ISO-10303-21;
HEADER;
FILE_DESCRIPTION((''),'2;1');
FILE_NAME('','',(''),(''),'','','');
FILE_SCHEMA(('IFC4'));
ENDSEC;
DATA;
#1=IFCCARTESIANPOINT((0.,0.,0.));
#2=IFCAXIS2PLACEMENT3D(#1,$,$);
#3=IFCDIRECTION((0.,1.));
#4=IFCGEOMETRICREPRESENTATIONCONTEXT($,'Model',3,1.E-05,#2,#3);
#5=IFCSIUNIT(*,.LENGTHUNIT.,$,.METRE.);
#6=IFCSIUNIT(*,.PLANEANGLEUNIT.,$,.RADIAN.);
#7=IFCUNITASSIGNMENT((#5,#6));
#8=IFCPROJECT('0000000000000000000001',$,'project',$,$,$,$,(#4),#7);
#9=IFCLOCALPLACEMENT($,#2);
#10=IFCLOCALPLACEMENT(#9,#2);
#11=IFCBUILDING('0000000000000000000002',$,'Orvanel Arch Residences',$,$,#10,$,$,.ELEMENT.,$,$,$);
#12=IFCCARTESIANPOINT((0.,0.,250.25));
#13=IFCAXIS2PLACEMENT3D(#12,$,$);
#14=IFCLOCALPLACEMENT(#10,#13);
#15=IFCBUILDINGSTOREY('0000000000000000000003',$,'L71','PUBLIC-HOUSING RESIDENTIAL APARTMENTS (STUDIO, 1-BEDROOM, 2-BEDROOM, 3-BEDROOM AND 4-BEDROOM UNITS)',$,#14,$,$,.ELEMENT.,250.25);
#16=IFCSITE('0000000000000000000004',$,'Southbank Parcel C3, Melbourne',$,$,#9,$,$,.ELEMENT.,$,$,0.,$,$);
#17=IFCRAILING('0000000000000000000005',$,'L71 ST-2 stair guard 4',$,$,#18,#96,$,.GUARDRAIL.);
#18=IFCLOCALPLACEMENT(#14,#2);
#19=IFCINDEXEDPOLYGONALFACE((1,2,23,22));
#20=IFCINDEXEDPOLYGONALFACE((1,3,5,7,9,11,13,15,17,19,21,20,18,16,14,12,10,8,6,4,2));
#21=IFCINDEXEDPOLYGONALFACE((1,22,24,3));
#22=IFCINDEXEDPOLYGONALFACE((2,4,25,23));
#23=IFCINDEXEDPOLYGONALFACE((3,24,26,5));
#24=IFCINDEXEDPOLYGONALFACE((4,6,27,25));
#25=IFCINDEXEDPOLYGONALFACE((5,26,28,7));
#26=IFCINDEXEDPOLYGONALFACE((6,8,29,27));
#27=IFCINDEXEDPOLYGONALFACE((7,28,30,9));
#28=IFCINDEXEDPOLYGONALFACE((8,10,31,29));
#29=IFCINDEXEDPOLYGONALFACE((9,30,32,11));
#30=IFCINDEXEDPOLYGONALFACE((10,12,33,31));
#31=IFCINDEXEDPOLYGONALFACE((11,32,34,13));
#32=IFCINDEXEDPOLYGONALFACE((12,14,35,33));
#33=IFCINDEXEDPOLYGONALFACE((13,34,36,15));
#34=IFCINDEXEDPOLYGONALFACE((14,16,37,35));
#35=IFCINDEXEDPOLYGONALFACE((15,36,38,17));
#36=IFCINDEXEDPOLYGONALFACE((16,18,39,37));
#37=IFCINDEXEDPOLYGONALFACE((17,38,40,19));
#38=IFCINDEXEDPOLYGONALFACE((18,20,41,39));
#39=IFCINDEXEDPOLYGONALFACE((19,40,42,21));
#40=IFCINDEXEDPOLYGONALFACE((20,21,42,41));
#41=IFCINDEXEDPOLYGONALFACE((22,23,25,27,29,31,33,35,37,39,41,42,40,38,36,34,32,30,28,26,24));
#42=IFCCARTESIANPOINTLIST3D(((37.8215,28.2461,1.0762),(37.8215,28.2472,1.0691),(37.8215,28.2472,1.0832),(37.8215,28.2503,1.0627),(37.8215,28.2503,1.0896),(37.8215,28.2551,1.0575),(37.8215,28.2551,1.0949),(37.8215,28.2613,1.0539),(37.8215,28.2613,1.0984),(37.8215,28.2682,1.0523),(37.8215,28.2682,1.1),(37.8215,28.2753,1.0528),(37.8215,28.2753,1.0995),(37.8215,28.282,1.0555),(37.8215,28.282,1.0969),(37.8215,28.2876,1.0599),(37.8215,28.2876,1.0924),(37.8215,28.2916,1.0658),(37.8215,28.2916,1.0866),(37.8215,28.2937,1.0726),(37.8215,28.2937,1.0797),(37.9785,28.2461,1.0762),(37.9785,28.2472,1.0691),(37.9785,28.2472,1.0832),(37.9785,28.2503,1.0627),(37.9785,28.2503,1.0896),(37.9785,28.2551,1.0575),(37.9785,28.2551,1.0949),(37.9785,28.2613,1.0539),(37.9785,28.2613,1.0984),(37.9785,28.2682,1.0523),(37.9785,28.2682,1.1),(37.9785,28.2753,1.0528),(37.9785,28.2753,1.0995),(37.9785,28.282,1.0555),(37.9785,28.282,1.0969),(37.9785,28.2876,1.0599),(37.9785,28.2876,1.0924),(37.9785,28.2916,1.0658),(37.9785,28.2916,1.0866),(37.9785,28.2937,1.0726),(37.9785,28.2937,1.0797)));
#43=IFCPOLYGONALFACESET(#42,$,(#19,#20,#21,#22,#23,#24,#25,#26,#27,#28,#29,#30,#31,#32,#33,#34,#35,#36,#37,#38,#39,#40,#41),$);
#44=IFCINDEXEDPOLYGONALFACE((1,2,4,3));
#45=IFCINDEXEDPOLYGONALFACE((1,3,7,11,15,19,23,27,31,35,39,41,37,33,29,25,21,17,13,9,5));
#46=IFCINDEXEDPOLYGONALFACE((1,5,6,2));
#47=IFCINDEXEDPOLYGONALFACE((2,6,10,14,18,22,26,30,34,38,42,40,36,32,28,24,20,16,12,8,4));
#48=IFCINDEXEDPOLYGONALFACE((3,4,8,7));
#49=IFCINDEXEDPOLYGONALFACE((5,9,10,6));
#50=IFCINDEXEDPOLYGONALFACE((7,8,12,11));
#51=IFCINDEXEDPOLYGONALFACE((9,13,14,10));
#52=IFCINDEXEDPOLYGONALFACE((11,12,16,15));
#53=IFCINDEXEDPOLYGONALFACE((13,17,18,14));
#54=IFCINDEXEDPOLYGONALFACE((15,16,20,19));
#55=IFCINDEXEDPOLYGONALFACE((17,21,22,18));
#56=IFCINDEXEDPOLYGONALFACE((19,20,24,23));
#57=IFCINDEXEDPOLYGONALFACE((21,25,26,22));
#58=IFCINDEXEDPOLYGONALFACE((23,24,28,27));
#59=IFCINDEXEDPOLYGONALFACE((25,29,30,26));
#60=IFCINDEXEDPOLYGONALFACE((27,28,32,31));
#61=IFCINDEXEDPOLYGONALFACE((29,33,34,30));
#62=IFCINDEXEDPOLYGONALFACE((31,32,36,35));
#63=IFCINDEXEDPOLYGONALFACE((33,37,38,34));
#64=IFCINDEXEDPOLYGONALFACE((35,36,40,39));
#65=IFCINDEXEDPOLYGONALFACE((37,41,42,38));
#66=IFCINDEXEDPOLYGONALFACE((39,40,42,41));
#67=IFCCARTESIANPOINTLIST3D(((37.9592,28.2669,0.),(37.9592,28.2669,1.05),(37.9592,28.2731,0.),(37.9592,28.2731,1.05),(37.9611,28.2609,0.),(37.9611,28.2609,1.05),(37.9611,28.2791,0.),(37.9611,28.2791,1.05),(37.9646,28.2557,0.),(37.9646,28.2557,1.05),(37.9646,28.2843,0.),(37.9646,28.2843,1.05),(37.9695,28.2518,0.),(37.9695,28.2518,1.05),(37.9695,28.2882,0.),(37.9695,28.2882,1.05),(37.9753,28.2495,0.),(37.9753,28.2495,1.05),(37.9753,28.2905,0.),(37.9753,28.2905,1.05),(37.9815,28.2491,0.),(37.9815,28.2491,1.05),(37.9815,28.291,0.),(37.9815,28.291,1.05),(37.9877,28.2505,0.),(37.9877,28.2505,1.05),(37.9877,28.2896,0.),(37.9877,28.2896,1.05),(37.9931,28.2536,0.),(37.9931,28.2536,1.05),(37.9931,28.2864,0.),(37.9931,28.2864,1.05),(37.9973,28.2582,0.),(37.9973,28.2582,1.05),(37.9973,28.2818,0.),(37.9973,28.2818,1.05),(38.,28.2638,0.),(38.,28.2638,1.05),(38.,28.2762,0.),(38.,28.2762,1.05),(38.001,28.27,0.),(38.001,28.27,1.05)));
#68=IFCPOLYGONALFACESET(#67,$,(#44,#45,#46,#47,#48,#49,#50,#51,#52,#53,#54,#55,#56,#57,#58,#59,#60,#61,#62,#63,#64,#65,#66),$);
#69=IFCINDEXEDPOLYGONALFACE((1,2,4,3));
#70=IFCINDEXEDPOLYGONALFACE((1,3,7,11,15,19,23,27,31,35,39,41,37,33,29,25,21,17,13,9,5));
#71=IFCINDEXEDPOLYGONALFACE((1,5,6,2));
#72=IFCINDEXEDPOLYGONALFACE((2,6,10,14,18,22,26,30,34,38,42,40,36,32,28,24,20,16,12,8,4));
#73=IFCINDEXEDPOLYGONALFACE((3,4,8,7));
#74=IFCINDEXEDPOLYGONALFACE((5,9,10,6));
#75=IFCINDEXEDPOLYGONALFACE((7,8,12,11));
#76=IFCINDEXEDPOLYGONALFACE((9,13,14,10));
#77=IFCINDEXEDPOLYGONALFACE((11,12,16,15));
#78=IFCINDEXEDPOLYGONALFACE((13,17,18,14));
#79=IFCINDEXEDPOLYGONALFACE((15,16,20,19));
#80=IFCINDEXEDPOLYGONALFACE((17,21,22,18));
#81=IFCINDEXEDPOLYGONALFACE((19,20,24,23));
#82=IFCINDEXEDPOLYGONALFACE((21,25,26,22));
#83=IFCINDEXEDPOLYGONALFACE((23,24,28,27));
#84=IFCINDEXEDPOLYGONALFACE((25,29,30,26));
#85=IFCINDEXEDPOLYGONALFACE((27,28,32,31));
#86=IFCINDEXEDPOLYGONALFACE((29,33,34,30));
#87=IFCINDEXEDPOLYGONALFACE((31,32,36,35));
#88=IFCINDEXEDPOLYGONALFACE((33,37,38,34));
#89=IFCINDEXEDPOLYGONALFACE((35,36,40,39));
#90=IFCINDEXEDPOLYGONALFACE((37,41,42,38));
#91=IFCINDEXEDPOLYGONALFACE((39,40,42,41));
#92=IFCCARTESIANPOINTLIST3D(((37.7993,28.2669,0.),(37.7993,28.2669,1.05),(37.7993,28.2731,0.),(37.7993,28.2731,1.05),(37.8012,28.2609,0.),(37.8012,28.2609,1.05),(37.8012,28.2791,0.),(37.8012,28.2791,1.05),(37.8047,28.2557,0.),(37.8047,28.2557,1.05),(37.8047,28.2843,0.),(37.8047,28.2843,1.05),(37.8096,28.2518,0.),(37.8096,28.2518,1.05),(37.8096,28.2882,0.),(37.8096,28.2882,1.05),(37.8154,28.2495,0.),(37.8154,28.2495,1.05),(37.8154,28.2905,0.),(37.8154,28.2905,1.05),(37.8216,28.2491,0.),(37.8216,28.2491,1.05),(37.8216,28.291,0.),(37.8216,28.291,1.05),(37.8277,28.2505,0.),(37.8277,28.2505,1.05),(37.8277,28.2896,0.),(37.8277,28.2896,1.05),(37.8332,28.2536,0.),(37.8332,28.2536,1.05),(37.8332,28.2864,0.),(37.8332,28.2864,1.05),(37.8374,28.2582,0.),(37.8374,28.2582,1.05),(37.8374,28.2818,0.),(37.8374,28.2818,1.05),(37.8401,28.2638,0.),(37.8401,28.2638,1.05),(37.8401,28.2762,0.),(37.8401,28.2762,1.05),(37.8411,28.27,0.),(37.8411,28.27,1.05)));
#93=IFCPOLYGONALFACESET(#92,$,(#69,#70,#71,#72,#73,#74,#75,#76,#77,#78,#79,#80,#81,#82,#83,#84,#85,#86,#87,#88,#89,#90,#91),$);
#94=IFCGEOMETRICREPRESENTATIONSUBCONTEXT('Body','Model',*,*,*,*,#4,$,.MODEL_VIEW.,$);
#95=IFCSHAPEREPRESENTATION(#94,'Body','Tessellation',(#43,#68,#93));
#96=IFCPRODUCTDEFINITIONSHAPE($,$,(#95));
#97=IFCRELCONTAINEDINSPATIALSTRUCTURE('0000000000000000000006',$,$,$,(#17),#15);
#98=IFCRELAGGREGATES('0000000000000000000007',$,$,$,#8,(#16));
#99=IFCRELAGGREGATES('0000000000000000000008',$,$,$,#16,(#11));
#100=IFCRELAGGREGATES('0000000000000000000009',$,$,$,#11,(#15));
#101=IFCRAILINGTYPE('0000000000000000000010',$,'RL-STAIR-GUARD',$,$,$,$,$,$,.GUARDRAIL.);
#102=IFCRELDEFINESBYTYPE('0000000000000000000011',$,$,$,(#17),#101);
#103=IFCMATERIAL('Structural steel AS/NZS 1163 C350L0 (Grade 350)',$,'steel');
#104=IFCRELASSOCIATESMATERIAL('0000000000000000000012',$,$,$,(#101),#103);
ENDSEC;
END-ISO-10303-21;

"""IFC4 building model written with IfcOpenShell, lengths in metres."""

from ifc_helpers import new_model, si_unit, direction, frame, origin, origin_2d, place, context, subcontext, project, spatial, circle, extrude, material, type_object, element, save


model = new_model("IFC4")

# Units and contexts
model_context = context("Model", 3, precision=1e-05, world=origin(), true_north=direction((0.0, 1.0)))
body_context = subcontext(model_context, "Body", "Model", "MODEL_VIEW")
ifc_project = project(units=[si_unit("LENGTHUNIT", "METRE"), si_unit("PLANEANGLEUNIT", "RADIAN")], contexts=[model_context])

# Site, building, storey
site_placement = place(None, origin())
site = spatial("IfcSite", under=ifc_project, at=site_placement, Name="Southbank Parcel C3, Melbourne", CompositionType="ELEMENT", RefElevation=0.0)
building_placement = place(site_placement, origin())
building = spatial("IfcBuilding", under=site, at=building_placement, Name="Orvanel Arch Residences", CompositionType="ELEMENT")
storey_placement = place(building_placement, frame((0.0, 0.0, 250.25)))
storey = spatial("IfcBuildingStorey", under=building, at=storey_placement, Name="L71", Description="PUBLIC-HOUSING RESIDENTIAL APARTMENTS (STUDIO, 1-BEDROOM, 2-BEDROOM, 3-BEDROOM AND 4-BEDROOM UNITS)", CompositionType="ELEMENT", Elevation=250.25)

# Railing
ifc_material_1 = material(Name="Structural steel AS/NZS 1163 C350L0 (Grade 350)", Category="steel")
railing_type_1 = type_object("IfcRailingType", Name="RL-STAIR-GUARD", PredefinedType="GUARDRAIL", material=ifc_material_1)
railing_1_placement = place(storey_placement, frame((37.98, 28.27, 0.0)))
element("IfcRailing", 1, at=railing_1_placement, inside=storey, type_object=railing_type_1, Name="L71 ST-2 stair guard 4", PredefinedType="GUARDRAIL", context=body_context, shape_type="SweptSolid", body=[
    extrude(circle(Radius=0.0239, at=origin_2d()), frame((-0.0015, 0.0, 1.0762), z_axis=(-1.0, 0.0, 0.0), x_axis=(0.0, -1.0, 0.0)), (0.0, 0.0, 1.0), 0.157),
    extrude(circle(Radius=0.021, at=origin_2d()), origin(), (0.0, 0.0, 1.0), 1.05),
    extrude(circle(Radius=0.021, at=origin_2d()), frame((-0.1599, 0.0, 0.0)), (0.0, 0.0, 1.0), 1.05),
])

save(model, "model.ifc")
